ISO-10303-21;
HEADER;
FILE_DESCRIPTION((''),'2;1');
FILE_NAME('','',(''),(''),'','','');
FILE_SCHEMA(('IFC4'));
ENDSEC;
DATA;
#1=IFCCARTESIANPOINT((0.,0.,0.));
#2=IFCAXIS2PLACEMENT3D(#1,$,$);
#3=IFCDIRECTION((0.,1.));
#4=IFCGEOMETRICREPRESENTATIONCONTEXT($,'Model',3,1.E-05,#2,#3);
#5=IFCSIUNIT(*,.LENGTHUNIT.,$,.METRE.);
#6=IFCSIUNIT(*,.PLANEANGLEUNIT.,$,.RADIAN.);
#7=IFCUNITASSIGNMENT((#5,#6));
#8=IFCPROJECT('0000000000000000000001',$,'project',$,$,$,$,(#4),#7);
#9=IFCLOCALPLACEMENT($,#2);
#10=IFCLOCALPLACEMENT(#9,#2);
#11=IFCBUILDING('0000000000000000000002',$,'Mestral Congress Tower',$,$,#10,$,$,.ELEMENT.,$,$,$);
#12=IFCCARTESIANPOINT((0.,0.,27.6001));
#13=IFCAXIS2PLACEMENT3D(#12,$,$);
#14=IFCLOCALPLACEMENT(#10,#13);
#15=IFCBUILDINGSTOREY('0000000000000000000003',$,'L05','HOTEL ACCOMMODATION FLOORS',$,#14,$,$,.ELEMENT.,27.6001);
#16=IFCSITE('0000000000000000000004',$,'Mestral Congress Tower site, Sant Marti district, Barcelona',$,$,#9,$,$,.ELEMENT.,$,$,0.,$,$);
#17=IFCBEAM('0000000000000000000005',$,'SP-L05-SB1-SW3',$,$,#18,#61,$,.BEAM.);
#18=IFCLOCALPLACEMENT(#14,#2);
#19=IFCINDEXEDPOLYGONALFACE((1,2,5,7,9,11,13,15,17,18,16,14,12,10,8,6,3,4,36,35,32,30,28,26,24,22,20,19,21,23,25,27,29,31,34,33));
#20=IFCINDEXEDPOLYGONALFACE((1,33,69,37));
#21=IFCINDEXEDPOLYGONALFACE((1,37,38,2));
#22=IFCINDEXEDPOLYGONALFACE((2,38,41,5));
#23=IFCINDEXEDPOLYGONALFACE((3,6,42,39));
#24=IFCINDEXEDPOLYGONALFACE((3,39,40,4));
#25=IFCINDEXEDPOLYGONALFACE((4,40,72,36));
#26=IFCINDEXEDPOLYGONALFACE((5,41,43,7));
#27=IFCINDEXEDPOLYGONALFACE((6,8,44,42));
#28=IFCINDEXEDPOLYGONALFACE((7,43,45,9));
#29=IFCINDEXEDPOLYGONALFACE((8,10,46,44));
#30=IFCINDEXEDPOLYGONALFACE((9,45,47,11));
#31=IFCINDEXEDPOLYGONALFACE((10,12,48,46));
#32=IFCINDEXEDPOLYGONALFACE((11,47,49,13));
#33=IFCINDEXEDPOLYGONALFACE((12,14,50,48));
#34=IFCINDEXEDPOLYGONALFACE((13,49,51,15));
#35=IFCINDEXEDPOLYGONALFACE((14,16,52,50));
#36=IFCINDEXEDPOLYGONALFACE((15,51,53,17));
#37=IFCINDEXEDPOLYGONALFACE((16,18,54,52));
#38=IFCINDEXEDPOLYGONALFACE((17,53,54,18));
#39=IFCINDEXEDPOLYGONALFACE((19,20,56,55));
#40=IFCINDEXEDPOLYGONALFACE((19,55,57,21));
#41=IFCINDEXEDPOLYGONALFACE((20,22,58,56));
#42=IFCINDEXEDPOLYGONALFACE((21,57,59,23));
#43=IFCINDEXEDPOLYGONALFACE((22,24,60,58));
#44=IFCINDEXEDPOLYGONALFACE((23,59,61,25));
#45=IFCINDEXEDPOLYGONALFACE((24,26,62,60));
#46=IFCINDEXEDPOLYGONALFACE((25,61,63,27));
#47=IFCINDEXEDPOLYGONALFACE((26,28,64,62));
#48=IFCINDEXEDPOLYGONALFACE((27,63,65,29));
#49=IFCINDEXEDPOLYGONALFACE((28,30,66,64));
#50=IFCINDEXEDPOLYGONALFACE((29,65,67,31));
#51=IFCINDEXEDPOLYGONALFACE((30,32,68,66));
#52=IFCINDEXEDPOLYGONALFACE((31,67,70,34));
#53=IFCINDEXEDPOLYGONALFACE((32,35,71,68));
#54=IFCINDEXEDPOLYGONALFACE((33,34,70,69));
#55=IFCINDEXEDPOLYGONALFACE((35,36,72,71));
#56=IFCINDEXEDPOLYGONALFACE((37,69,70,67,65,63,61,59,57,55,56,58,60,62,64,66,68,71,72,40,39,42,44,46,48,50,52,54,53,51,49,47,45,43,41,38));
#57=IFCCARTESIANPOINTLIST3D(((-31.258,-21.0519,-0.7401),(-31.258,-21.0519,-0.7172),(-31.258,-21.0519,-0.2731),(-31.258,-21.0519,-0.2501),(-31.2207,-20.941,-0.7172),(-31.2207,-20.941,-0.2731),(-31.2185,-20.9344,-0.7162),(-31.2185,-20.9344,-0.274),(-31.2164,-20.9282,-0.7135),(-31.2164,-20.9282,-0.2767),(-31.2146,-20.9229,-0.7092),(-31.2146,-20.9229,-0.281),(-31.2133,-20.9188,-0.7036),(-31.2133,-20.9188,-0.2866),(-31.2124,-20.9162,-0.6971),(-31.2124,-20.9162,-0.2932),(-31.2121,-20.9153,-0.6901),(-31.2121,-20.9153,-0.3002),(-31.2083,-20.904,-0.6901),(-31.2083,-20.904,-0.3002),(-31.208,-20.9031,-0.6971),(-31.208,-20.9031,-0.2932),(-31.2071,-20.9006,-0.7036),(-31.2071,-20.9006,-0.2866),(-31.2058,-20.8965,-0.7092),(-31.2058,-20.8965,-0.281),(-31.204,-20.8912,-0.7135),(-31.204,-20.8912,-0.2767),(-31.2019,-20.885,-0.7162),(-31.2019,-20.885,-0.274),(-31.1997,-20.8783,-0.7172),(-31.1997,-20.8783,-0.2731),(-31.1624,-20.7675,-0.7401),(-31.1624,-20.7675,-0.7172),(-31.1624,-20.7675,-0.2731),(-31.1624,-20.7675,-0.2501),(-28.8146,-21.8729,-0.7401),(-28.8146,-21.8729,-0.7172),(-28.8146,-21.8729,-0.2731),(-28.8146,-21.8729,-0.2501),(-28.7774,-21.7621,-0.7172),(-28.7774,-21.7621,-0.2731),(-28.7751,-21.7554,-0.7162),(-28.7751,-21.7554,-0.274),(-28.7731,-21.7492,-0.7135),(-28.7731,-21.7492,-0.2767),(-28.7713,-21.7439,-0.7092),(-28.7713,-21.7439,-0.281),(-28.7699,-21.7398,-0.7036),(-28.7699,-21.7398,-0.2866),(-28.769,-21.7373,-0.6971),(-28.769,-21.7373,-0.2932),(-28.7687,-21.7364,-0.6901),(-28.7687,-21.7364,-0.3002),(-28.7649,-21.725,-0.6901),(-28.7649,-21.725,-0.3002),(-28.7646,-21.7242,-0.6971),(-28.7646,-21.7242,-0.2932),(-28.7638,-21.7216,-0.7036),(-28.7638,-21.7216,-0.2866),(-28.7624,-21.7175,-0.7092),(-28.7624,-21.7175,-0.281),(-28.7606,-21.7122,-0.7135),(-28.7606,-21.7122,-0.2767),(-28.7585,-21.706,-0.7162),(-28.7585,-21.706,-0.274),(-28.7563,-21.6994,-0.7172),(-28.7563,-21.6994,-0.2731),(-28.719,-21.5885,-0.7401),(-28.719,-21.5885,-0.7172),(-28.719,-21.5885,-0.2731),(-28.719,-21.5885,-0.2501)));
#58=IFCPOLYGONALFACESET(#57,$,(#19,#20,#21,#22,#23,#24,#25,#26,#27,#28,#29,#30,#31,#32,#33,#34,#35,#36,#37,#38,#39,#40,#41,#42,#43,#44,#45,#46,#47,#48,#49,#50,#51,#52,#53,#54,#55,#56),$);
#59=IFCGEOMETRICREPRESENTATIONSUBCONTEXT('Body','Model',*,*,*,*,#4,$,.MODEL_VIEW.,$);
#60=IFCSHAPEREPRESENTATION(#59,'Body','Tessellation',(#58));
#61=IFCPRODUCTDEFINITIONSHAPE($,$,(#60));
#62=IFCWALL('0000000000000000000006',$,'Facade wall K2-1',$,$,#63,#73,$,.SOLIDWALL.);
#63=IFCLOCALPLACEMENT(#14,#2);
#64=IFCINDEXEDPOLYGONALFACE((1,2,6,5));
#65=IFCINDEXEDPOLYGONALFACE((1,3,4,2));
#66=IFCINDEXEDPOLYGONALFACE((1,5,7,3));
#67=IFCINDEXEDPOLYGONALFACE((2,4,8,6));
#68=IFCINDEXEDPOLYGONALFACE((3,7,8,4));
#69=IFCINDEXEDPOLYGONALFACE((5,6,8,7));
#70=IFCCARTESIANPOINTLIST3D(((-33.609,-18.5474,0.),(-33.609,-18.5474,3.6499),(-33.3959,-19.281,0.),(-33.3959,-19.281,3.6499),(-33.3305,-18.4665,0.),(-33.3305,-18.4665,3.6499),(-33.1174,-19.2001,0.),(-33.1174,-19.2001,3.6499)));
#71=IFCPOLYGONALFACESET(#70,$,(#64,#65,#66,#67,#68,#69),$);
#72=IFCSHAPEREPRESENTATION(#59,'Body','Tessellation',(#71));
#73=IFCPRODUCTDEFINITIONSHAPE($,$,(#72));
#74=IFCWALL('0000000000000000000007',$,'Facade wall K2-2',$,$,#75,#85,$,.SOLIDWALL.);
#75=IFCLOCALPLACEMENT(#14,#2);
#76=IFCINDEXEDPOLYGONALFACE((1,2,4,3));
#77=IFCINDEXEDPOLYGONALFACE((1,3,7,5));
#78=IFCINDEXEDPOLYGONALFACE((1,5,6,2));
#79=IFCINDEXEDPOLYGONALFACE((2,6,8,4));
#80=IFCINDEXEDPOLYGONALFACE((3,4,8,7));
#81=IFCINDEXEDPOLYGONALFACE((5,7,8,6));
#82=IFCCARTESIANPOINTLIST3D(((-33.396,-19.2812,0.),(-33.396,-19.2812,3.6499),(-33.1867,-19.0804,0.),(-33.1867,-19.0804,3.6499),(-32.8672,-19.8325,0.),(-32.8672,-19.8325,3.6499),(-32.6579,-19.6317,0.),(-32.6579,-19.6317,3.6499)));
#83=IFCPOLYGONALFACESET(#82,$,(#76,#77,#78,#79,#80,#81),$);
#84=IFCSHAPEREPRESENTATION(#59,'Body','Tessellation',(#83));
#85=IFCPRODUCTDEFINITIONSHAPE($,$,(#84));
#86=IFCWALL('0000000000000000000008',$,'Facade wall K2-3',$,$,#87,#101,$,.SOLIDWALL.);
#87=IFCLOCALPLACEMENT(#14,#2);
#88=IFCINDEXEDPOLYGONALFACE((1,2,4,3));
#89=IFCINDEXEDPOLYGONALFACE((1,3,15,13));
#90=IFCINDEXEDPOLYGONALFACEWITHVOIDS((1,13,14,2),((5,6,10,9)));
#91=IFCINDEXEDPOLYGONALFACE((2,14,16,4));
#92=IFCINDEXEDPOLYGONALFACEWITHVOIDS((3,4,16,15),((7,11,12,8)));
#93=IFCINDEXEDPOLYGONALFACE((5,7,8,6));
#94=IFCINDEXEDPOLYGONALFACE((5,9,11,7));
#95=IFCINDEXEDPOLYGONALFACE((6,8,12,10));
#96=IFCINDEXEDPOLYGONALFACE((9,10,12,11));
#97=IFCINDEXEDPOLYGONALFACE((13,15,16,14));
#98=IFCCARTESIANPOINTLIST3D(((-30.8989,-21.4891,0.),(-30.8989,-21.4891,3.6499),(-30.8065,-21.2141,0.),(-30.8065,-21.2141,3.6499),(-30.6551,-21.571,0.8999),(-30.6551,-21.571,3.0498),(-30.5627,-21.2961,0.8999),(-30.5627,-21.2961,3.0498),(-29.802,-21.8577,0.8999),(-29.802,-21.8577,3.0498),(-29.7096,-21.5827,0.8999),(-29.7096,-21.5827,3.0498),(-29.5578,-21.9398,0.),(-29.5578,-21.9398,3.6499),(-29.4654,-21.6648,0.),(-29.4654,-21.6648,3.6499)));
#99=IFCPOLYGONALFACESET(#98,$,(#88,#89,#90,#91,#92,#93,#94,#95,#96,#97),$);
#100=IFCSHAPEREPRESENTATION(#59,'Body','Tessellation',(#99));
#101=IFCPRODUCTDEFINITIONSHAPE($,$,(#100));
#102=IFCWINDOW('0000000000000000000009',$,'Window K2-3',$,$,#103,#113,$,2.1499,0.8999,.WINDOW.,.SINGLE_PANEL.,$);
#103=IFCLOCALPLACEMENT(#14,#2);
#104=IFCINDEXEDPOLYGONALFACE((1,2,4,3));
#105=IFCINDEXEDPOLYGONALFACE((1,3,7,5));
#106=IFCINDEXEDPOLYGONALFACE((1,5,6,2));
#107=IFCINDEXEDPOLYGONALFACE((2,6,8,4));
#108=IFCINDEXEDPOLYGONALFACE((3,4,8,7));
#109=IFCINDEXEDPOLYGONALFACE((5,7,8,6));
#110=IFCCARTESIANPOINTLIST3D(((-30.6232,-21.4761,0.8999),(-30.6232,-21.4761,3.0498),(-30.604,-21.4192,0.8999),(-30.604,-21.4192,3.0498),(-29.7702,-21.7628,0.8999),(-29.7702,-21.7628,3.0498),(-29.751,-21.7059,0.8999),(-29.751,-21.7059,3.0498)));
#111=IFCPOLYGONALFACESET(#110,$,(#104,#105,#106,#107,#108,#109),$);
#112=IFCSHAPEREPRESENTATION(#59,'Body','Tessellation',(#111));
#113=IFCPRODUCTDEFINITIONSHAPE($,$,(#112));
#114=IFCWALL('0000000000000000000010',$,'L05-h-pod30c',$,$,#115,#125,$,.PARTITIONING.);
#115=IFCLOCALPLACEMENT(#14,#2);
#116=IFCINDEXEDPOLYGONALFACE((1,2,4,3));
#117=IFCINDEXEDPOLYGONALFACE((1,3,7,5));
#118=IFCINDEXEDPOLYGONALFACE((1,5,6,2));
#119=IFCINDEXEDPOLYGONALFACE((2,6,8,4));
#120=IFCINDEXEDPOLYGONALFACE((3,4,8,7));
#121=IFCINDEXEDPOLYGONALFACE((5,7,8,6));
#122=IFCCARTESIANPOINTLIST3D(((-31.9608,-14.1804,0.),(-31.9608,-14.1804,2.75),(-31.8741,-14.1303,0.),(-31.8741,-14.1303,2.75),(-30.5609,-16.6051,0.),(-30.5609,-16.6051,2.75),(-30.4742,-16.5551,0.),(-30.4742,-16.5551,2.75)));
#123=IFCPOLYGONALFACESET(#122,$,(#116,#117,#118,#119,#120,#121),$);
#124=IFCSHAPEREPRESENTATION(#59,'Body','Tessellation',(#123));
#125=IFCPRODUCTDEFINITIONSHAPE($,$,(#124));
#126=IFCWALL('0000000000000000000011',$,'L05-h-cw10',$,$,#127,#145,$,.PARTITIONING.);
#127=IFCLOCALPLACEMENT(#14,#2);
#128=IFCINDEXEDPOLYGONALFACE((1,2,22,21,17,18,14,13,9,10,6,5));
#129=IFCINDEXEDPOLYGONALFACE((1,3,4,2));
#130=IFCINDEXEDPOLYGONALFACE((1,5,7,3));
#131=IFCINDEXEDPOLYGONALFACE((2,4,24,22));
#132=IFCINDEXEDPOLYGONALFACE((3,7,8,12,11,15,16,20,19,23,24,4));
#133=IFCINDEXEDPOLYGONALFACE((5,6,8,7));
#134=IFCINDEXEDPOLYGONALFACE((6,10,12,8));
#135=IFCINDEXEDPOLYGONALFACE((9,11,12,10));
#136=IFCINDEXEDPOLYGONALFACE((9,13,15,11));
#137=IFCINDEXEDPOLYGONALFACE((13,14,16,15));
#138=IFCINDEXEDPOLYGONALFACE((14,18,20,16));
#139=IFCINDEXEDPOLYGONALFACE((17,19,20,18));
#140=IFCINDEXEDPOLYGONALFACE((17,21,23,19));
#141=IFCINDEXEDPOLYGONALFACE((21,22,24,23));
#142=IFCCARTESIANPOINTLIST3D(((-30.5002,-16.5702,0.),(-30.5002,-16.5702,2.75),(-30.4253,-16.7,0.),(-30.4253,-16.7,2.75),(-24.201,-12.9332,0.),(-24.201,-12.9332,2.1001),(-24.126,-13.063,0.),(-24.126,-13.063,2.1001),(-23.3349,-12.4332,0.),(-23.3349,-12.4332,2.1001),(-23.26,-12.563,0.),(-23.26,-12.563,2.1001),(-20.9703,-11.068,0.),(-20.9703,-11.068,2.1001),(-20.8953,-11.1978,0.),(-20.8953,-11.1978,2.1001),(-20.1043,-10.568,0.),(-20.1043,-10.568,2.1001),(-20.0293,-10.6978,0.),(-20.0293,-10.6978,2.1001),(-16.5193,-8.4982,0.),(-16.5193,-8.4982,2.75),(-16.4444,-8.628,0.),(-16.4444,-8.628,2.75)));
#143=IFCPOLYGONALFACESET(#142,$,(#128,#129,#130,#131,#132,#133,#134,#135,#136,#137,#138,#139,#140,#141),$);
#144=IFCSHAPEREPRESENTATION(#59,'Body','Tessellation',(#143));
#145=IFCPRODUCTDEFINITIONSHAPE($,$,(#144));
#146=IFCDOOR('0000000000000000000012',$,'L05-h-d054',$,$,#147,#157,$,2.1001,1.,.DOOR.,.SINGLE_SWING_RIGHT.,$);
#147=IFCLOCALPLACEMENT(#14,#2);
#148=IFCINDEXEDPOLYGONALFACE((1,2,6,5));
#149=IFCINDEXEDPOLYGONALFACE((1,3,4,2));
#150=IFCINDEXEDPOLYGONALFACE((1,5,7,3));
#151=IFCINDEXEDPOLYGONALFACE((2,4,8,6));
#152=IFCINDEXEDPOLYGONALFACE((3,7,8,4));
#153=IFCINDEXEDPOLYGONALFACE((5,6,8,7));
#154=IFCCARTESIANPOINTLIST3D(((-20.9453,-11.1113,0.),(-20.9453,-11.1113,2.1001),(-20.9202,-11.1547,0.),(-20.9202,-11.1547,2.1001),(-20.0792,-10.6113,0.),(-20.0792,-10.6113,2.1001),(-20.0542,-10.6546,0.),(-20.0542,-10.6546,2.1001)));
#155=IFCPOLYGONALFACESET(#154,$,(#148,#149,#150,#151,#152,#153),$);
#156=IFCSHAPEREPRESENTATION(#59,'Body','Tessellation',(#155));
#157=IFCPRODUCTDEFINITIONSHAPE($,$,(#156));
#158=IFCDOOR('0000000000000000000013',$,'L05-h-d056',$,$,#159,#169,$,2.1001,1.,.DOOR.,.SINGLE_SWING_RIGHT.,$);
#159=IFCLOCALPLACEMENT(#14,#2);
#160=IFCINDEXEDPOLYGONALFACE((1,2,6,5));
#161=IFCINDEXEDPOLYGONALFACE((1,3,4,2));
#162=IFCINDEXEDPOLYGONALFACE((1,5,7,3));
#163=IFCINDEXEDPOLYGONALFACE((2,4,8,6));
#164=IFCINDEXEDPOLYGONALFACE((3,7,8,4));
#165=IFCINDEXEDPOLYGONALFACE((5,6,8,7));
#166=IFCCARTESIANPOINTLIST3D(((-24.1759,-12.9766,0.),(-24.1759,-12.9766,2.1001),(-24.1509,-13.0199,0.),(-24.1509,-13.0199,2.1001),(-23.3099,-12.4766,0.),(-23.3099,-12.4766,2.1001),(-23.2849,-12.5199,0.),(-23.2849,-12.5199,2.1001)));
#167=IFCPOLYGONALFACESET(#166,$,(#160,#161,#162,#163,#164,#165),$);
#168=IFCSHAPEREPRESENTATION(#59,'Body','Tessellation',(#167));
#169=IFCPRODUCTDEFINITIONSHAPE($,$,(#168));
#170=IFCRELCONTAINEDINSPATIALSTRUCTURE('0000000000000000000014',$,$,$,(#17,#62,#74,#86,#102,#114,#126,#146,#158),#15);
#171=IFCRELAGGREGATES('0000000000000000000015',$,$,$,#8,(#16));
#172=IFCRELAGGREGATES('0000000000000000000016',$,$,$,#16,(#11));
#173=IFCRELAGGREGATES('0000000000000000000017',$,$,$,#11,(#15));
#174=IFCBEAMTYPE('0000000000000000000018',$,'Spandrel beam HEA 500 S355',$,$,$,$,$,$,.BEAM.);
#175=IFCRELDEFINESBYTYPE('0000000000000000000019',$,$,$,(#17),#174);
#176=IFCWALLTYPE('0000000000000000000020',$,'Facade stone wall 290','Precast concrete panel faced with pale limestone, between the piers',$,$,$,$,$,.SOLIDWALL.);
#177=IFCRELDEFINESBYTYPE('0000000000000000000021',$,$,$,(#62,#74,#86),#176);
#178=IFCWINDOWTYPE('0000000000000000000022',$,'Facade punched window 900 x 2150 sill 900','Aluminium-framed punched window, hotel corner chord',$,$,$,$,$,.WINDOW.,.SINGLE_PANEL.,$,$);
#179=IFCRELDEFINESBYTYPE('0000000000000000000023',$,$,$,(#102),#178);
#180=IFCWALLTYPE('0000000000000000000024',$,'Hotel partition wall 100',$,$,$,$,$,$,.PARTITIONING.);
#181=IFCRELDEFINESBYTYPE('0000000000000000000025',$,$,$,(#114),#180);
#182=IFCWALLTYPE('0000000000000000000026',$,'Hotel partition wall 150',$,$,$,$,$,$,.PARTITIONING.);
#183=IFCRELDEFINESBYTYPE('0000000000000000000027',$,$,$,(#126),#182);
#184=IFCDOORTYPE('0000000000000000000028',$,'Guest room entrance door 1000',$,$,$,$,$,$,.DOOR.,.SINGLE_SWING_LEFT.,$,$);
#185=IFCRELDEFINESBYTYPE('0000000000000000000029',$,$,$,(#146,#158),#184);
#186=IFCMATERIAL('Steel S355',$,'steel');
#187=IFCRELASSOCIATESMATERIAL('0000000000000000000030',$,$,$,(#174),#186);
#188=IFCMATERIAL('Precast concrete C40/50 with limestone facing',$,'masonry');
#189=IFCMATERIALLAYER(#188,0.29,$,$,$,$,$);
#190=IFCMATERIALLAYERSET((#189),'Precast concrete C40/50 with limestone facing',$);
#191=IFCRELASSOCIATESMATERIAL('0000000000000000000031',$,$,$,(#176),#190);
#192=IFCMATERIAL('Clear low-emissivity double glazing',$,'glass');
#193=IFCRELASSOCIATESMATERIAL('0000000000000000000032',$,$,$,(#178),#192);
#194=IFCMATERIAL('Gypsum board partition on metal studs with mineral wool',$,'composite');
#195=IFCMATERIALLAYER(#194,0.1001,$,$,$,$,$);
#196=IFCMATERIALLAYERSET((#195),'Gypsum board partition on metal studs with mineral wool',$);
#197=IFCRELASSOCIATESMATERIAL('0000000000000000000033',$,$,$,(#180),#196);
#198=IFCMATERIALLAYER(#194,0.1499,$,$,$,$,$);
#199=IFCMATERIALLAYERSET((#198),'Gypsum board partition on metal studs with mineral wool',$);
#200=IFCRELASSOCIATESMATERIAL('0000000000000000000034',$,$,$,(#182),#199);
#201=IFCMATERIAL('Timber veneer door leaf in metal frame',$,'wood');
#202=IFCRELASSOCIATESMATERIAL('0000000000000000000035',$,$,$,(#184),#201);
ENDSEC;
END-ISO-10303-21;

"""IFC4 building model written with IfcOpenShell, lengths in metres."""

from ifc_helpers import new_model, si_unit, direction, frame, frame_2d, origin, origin_2d, place, context, subcontext, project, spatial, rectangle, i_section, extrude, material, layer, layer_set, material_profile, profile_set, type_object, element, fill, save


model = new_model("IFC4")

# Units and contexts
model_context = context("Model", 3, precision=1e-05, world=origin(), true_north=direction((0.0, 1.0)))
body_context = subcontext(model_context, "Body", "Model", "MODEL_VIEW")
ifc_project = project(units=[si_unit("LENGTHUNIT", "METRE"), si_unit("PLANEANGLEUNIT", "RADIAN")], contexts=[model_context])

# Site, building, storey
site_placement = place(None, origin())
site = spatial("IfcSite", under=ifc_project, at=site_placement, Name="Mestral Congress Tower site, Sant Marti district, Barcelona", CompositionType="ELEMENT", RefElevation=0.0)
building_placement = place(site_placement, origin())
building = spatial("IfcBuilding", under=site, at=building_placement, Name="Mestral Congress Tower", CompositionType="ELEMENT")
storey_placement = place(building_placement, frame((0.0, 0.0, 27.6001)))
storey = spatial("IfcBuildingStorey", under=building, at=storey_placement, Name="L05", Description="HOTEL ACCOMMODATION FLOORS", CompositionType="ELEMENT", Elevation=27.6001)

# Beam
ifc_material_1 = material(Name="Steel S355", Category="steel")
ifc_material_profile_1 = material_profile(ifc_material_1, i_section(OverallWidth=0.3, OverallDepth=0.49, WebThickness=0.012, FlangeThickness=0.0229, FilletRadius=0.0271, at=origin_2d()), Name="HEA 500")
ifc_profile_set_1 = profile_set([ifc_material_profile_1], Name="Steel S355")
beam_type_1 = type_object("IfcBeamType", Name="Spandrel beam HEA 500 S355", PredefinedType="BEAM", material=ifc_profile_set_1)
beam_1_placement = place(storey_placement, frame((-31.2102, -20.9097, -0.4951), z_axis=(0.947913, -0.318528, 0.0), x_axis=(0.318528, 0.947913, 0.0)))
element("IfcBeam", 1, at=beam_1_placement, inside=storey, type_object=beam_type_1, Name="SP-L05-SB1-SW3", PredefinedType="BEAM", context=body_context, shape_type="SweptSolid", body=[
    extrude(i_section(OverallWidth=0.3, OverallDepth=0.49, WebThickness=0.012, FlangeThickness=0.0229, FilletRadius=0.0271, at=origin_2d()), origin(), (0.0, 0.0, 1.0), 2.5776),
])

# Walls
ifc_material_2 = material(Name="Precast concrete C40/50 with limestone facing", Category="masonry")
ifc_layer_1 = layer(ifc_material_2, 0.29)
ifc_layer_set_1 = layer_set([ifc_layer_1], Name="Precast concrete C40/50 with limestone facing")
wall_type_1 = type_object("IfcWallType", Name="Facade stone wall 290", Description="Precast concrete panel faced with pale limestone, between the piers", PredefinedType="SOLIDWALL", material=ifc_layer_set_1)
for number, where, z_axis, x_axis, name in (
    (2, (-33.4697, -18.5071, 0.0), (0.0, 0.0, 1.0), (0.278981, -0.960297, 0.0), "Facade wall K2-1"),
    (3, (-33.2913, -19.1809, 0.0), (0.0, 0.0, 1.0), (0.692252, -0.721656, 0.0), "Facade wall K2-2"),
):
    element("IfcWall", number, at=place(storey_placement, frame(where, z_axis=z_axis, x_axis=x_axis)), inside=storey, type_object=wall_type_1, Name=name, PredefinedType="SOLIDWALL", context=body_context, shape_type="SweptSolid", body=[
        extrude(rectangle(XDim=0.7639, YDim=0.29, at=frame_2d((0.3818, 0.0))), origin(), (0.0, 0.0, 1.0), 3.6499),
    ])

# Wall, opening, window
wall_1_placement = place(storey_placement, frame((-30.8528, -21.3516, 0.0), z_axis=(0.0, 0.0, 1.0), x_axis=(0.947904, -0.318556, 0.0)))
wall_1 = element("IfcWall", 4, at=wall_1_placement, inside=storey, type_object=wall_type_1, Name="Facade wall K2-3", PredefinedType="SOLIDWALL", context=body_context, shape_type="SweptSolid", body=[
    extrude(rectangle(XDim=1.4148, YDim=0.29, at=frame_2d((0.7075, 0.0))), origin(), (0.0, 0.0, 1.0), 3.6499),
])
opening_1_placement = place(wall_1_placement, frame((0.2573, 0.0, 0.8999)))
opening_1 = element("IfcOpeningElement", 5, at=opening_1_placement, cuts=wall_1, PredefinedType="OPENING", context=body_context, shape_type="SweptSolid", body=[
    extrude(rectangle(XDim=0.8999, YDim=2.1499, at=frame_2d((0.45, 1.075))), frame((0.0, 0.155, 0.0), z_axis=(0.0, -1.0, 0.0), x_axis=(1.0, 0.0, 0.0)), (0.0, 0.0, 1.0), 0.3101),
])
ifc_material_3 = material(Name="Clear low-emissivity double glazing", Category="glass")
window_type = type_object("IfcWindowType", Name="Facade punched window 900 x 2150 sill 900", Description="Aluminium-framed punched window, hotel corner chord", PartitioningType="SINGLE_PANEL", PredefinedType="WINDOW", material=ifc_material_3)
window_placement = place(opening_1_placement, origin())
window = element("IfcWindow", 6, at=window_placement, inside=storey, type_object=window_type, Name="Window K2-3", OverallHeight=2.1499, OverallWidth=0.8999, PartitioningType="SINGLE_PANEL", PredefinedType="WINDOW", context=body_context, shape_type="SweptSolid", body=[
    extrude(rectangle(XDim=0.8999, YDim=2.1499, at=frame_2d((0.45, 1.075))), frame((0.0, 0.0151, 0.0), z_axis=(0.0, -1.0, 0.0), x_axis=(1.0, 0.0, 0.0)), (0.0, 0.0, 1.0), 0.0601),
])
fill(opening_1, window)

# Wall
ifc_material_4 = material(Name="Gypsum board partition on metal studs with mineral wool", Category="composite")
ifc_layer_2 = layer(ifc_material_4, 0.1001)
ifc_layer_set_2 = layer_set([ifc_layer_2], Name="Gypsum board partition on metal studs with mineral wool")
wall_type_2 = type_object("IfcWallType", Name="Hotel partition wall 100", PredefinedType="PARTITIONING", material=ifc_layer_set_2)
wall_2_placement = place(storey_placement, frame((-30.5176, -16.5801, 0.0), z_axis=(0.0, 0.0, 1.0), x_axis=(-0.499984, 0.866035, 0.0)))
element("IfcWall", 7, at=wall_2_placement, inside=storey, type_object=wall_type_2, Name="L05-h-pod30c", PredefinedType="PARTITIONING", context=body_context, shape_type="SweptSolid", body=[
    extrude(rectangle(XDim=2.7998, YDim=0.1001, at=frame_2d((1.3999, 0.0))), origin(), (0.0, 0.0, 1.0), 2.75),
])

# Wall, openings, doors
ifc_layer_3 = layer(ifc_material_4, 0.1499)
ifc_layer_set_3 = layer_set([ifc_layer_3], Name="Gypsum board partition on metal studs with mineral wool")
wall_type_3 = type_object("IfcWallType", Name="Hotel partition wall 150", PredefinedType="PARTITIONING", material=ifc_layer_set_3)
wall_3_placement = place(storey_placement, frame((-30.4626, -16.635, 0.0), z_axis=(0.0, 0.0, 1.0), x_axis=(0.866022, 0.500005, 0.0)))
wall_3 = element("IfcWall", 8, at=wall_3_placement, inside=storey, type_object=wall_type_3, Name="L05-h-cw10", PredefinedType="PARTITIONING", context=body_context, shape_type="SweptSolid", body=[
    extrude(rectangle(XDim=16.1438, YDim=0.1499, at=frame_2d((8.0718, 0.0))), origin(), (0.0, 0.0, 1.0), 2.75),
])
opening_2_placement = place(wall_3_placement, frame((11.0042, 0.0, 0.0)))
opening_2 = element("IfcOpeningElement", 9, at=opening_2_placement, cuts=wall_3, PredefinedType="OPENING", context=body_context, shape_type="SweptSolid", body=[
    extrude(rectangle(XDim=1.0, YDim=2.1001, at=frame_2d((0.5, 1.05))), frame((0.0, 0.085, 0.0), z_axis=(0.0, -1.0, 0.0), x_axis=(1.0, 0.0, 0.0)), (0.0, 0.0, 1.0), 0.1699),
])
opening_3_placement = place(wall_3_placement, frame((7.2737, 0.0, 0.0)))
opening_3 = element("IfcOpeningElement", 10, at=opening_3_placement, cuts=wall_3, PredefinedType="OPENING", context=body_context, shape_type="SweptSolid", body=[
    extrude(rectangle(XDim=1.0, YDim=2.1001, at=frame_2d((0.5, 1.05))), frame((0.0, 0.085, 0.0), z_axis=(0.0, -1.0, 0.0), x_axis=(1.0, 0.0, 0.0)), (0.0, 0.0, 1.0), 0.1699),
])
ifc_material_5 = material(Name="Timber veneer door leaf in metal frame", Category="wood")
door_type = type_object("IfcDoorType", Name="Guest room entrance door 1000", OperationType="SINGLE_SWING_LEFT", PredefinedType="DOOR", material=ifc_material_5)
door_1_placement = place(opening_2_placement, origin())
door_1 = element("IfcDoor", 11, at=door_1_placement, inside=storey, type_object=door_type, Name="L05-h-d054", OperationType="SINGLE_SWING_RIGHT", OverallHeight=2.1001, OverallWidth=1.0, PredefinedType="DOOR", context=body_context, shape_type="SweptSolid", body=[
    extrude(rectangle(XDim=1.0, YDim=2.1001, at=frame_2d((0.5, 1.05))), frame((0.0, 0.0249, 0.0), z_axis=(0.0, -1.0, 0.0), x_axis=(1.0, 0.0, 0.0)), (0.0, 0.0, 1.0), 0.05),
])
fill(opening_2, door_1)
door_2_placement = place(opening_3_placement, origin())
door_2 = element("IfcDoor", 12, at=door_2_placement, inside=storey, type_object=door_type, Name="L05-h-d056", OperationType="SINGLE_SWING_RIGHT", OverallHeight=2.1001, OverallWidth=1.0, PredefinedType="DOOR", context=body_context, shape_type="SweptSolid", body=[
    extrude(rectangle(XDim=1.0, YDim=2.1001, at=frame_2d((0.5, 1.05))), frame((0.0, 0.0249, 0.0), z_axis=(0.0, -1.0, 0.0), x_axis=(1.0, 0.0, 0.0)), (0.0, 0.0, 1.0), 0.05),
])
fill(opening_3, door_2)

save(model, "model.ifc")
